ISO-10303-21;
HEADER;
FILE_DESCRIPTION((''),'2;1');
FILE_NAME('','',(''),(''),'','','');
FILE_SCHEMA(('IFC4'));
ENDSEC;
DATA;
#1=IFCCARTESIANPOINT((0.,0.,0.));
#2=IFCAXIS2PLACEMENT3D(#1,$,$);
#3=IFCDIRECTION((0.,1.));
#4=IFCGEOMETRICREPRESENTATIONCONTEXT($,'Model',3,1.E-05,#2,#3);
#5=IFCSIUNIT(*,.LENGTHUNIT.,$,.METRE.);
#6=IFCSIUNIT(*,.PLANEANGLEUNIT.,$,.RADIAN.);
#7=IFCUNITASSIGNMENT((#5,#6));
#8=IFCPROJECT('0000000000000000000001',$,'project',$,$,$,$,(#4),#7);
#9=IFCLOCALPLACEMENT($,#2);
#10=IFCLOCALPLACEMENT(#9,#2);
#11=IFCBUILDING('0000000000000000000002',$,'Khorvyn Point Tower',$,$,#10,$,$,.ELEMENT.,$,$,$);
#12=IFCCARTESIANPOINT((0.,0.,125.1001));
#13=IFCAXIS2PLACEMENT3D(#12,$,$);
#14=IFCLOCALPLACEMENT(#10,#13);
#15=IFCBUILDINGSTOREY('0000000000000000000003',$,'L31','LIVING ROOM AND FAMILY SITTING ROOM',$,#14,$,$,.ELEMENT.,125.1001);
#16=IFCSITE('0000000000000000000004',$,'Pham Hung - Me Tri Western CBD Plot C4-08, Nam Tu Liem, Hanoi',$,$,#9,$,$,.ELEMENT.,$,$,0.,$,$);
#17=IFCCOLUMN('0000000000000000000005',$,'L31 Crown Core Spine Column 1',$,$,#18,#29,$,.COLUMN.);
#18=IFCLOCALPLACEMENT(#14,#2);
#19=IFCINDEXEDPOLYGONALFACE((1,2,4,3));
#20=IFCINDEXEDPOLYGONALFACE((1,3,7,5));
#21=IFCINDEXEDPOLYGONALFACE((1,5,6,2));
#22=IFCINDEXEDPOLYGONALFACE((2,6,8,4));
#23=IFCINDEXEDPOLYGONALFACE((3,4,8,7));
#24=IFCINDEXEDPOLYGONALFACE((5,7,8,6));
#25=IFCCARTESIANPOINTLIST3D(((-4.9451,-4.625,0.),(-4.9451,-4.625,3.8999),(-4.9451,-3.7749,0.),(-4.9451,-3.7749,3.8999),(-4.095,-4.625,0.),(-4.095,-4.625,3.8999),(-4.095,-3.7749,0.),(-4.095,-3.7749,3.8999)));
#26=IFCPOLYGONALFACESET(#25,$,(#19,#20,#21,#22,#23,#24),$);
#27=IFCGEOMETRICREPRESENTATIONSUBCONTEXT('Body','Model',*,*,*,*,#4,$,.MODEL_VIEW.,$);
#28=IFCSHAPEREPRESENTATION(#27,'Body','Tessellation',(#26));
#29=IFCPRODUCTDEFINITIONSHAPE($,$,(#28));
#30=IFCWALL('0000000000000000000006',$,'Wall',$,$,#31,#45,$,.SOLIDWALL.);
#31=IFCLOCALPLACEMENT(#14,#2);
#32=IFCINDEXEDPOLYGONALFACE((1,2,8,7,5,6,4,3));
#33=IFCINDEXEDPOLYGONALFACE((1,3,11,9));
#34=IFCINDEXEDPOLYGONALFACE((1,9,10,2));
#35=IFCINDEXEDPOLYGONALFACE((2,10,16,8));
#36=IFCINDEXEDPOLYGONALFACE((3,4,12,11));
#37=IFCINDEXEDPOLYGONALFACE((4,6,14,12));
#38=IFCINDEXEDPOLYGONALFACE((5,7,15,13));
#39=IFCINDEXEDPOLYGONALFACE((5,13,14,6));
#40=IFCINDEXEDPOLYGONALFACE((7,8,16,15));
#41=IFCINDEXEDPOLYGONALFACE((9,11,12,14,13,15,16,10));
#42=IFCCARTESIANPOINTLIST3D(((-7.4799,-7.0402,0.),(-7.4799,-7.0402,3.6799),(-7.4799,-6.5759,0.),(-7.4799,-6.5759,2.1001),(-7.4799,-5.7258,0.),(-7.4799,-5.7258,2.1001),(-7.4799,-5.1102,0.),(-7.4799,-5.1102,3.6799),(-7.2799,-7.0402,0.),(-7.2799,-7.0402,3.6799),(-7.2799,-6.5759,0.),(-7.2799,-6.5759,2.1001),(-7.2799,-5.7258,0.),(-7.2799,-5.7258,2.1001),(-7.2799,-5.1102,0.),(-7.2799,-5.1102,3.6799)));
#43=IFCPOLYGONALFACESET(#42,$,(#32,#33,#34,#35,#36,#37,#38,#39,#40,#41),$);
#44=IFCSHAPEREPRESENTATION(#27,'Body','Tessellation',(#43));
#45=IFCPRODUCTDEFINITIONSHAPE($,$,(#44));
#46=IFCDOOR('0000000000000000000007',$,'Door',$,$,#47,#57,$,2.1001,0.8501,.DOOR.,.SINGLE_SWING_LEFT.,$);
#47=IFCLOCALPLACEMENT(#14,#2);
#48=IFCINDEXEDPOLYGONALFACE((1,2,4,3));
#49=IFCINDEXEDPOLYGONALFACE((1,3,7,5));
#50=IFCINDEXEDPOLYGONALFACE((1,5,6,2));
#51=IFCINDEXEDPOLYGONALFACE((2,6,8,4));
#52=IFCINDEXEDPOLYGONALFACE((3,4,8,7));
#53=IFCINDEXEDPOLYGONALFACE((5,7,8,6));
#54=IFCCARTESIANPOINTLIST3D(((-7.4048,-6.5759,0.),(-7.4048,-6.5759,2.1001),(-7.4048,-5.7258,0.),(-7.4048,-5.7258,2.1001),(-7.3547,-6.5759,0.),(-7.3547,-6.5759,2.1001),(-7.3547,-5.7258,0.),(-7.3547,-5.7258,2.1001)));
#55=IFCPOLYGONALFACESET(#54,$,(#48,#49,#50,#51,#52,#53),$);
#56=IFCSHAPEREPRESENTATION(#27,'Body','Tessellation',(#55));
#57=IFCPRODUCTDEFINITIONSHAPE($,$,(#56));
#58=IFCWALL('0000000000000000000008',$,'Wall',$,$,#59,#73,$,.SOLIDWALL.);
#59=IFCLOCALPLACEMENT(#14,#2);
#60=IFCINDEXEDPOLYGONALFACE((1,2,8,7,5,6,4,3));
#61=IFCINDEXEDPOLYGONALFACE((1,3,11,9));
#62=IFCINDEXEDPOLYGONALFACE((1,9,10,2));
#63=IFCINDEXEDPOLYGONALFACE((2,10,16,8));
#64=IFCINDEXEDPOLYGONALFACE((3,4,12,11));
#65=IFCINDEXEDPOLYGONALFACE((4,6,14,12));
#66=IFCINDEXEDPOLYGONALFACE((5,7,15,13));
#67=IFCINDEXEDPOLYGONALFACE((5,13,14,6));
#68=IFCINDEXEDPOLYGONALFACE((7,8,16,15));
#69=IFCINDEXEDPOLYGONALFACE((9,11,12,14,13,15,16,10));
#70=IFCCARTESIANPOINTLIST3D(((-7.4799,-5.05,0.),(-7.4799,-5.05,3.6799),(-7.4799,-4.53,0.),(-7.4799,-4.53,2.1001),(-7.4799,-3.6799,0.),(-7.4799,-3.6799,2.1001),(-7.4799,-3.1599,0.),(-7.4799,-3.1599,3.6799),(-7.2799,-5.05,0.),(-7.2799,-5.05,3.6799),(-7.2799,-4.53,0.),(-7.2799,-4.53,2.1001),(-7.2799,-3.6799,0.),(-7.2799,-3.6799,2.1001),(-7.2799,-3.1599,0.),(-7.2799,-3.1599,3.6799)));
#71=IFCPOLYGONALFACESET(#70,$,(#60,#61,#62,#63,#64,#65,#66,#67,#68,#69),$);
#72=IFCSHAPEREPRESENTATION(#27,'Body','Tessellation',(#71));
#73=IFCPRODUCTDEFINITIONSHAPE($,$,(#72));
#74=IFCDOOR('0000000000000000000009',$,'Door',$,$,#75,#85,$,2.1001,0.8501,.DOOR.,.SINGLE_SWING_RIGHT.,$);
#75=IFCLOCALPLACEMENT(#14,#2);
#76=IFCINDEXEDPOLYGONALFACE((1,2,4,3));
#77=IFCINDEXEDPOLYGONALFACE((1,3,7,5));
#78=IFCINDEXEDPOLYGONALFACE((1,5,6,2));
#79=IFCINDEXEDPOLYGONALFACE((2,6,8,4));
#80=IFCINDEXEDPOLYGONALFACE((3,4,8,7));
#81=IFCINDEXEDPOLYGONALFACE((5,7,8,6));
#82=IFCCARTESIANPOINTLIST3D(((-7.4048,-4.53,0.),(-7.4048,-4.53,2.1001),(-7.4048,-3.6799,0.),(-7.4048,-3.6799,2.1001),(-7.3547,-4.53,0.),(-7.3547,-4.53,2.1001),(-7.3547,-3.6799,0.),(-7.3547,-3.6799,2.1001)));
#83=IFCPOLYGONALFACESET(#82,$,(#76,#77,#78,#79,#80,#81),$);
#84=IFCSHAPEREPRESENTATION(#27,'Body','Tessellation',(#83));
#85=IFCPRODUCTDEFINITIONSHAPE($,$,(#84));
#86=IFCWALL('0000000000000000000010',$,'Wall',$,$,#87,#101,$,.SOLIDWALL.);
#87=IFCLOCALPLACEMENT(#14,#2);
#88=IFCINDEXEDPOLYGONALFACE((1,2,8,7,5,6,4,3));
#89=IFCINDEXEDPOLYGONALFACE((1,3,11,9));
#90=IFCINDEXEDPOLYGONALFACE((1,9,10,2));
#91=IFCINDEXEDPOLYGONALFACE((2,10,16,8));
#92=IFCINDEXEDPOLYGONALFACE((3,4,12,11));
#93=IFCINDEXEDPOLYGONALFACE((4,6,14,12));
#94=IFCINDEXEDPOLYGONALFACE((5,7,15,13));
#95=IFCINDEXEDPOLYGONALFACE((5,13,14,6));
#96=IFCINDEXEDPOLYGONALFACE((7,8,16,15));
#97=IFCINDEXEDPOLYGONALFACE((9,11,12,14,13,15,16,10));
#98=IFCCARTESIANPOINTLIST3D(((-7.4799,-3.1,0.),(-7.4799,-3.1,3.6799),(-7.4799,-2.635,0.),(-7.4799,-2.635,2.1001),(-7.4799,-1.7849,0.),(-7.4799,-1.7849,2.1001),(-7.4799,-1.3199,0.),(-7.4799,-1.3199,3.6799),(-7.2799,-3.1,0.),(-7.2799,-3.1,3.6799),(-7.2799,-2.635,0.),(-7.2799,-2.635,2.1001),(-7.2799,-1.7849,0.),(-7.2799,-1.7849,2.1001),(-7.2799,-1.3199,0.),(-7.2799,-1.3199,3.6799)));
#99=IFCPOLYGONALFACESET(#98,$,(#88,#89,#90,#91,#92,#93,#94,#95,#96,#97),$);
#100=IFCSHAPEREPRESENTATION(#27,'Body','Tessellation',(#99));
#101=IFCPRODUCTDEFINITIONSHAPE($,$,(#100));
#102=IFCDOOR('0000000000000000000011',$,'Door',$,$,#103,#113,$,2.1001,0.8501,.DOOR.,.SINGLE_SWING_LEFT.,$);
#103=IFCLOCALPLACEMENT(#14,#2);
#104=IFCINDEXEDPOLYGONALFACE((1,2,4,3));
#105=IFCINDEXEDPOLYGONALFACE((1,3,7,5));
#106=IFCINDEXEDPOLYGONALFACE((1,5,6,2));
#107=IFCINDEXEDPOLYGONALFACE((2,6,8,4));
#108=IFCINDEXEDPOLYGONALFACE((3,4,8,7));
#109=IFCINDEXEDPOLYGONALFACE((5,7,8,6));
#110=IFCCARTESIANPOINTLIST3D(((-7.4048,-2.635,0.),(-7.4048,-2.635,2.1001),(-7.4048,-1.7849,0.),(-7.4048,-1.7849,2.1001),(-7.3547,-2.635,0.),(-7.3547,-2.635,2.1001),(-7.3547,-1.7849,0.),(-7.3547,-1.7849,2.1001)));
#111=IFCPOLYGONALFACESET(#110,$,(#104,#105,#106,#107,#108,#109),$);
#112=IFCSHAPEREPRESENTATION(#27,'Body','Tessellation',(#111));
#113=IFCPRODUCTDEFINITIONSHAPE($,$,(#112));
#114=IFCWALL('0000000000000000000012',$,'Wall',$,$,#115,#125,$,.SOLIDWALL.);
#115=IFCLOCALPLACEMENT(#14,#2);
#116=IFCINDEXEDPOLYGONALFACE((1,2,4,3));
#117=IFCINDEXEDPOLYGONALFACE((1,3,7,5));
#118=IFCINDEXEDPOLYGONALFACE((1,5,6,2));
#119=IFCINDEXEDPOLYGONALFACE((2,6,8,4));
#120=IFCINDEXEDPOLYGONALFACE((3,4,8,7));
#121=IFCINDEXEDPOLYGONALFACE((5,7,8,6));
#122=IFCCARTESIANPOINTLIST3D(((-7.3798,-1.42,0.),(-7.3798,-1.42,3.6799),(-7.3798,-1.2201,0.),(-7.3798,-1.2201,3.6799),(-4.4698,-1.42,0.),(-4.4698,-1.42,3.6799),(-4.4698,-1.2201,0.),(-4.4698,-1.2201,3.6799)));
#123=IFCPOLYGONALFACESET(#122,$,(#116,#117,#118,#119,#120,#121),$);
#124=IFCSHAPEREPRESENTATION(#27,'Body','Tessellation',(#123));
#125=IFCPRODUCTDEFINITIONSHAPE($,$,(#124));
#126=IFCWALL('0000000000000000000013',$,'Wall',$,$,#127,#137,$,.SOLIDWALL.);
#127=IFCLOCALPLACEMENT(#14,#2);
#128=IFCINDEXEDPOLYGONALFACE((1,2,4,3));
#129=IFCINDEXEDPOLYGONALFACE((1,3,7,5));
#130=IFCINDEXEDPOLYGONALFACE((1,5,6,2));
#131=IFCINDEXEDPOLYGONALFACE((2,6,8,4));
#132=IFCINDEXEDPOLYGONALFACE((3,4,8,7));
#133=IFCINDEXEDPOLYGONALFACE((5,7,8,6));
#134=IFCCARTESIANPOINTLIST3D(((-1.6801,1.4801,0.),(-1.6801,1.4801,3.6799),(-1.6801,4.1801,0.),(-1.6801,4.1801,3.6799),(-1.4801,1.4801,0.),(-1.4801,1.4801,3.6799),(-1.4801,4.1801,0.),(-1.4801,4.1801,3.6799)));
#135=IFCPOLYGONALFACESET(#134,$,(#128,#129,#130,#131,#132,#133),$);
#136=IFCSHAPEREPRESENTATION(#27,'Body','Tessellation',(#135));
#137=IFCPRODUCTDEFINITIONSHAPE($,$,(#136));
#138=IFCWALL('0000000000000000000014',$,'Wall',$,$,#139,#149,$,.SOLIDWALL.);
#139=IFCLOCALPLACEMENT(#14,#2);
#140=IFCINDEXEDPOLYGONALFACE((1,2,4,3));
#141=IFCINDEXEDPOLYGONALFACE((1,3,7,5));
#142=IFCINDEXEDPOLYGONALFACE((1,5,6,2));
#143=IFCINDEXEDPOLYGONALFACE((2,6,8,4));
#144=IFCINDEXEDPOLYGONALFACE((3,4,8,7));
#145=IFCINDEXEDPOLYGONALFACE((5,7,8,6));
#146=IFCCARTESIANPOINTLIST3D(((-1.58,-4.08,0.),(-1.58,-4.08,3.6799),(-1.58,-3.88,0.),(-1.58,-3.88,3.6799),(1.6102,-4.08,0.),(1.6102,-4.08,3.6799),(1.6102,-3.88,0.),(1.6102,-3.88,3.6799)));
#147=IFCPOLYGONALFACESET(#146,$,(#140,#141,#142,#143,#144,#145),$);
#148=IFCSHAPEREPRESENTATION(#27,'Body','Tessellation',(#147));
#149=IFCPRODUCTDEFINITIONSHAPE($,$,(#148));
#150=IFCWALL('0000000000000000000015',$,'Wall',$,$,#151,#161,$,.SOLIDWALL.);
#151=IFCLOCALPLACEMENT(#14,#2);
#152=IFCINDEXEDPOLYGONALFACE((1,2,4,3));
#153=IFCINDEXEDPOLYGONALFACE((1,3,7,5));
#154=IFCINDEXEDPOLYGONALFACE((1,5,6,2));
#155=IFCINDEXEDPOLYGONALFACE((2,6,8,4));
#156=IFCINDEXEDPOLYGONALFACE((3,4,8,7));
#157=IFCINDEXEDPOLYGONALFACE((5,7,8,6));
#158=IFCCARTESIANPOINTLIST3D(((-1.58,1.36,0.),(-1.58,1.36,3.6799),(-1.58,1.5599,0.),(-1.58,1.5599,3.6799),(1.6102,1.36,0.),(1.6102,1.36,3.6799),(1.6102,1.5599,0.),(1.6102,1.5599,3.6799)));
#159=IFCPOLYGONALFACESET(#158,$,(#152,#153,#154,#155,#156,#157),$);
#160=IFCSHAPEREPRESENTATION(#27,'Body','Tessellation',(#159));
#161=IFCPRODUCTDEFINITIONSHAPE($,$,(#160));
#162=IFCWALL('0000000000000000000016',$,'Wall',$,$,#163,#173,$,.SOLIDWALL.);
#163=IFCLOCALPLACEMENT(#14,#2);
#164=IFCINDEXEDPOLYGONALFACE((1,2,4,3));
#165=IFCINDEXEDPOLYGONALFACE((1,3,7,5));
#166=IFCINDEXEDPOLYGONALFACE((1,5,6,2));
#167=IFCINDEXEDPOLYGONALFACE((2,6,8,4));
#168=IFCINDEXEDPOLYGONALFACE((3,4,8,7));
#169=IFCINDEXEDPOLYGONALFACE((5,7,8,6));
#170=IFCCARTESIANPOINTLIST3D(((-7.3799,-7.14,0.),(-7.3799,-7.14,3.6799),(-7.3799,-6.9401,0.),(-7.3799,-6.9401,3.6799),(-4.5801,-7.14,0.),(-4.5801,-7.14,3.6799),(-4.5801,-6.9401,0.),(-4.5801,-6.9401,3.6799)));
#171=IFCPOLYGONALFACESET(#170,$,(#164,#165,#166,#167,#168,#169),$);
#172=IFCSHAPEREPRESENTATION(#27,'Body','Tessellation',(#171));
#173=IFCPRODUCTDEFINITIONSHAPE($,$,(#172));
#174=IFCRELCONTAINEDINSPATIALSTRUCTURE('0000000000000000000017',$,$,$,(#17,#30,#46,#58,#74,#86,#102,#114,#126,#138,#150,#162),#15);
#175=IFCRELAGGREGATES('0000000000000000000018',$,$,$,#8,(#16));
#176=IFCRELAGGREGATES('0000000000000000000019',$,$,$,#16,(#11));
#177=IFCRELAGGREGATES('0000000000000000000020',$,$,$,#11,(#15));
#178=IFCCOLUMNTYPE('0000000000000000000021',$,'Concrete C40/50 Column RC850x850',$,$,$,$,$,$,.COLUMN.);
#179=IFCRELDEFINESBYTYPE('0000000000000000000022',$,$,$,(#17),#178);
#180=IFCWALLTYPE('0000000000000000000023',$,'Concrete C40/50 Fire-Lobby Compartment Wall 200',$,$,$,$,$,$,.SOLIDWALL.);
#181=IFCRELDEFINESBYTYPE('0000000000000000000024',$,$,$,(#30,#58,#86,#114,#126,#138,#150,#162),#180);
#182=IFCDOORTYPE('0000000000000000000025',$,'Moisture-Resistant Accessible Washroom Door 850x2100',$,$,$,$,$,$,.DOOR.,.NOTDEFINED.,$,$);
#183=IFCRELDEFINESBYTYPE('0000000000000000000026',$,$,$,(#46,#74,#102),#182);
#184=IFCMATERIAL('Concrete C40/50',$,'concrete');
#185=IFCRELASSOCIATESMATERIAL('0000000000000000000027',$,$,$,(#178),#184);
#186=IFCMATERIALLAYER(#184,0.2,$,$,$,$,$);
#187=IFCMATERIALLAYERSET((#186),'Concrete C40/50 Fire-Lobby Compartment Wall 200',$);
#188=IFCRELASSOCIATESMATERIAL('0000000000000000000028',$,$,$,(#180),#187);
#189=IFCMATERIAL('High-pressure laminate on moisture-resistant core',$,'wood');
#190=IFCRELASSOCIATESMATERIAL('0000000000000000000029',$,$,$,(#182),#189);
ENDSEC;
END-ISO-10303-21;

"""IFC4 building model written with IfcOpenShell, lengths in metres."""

from ifc_helpers import new_model, si_unit, direction, frame, frame_2d, origin, origin_2d, place, context, subcontext, project, spatial, rectangle, extrude, material, layer, layer_set, material_profile, profile_set, type_object, element, fill, save


model = new_model("IFC4")

# Units and contexts
model_context = context("Model", 3, precision=1e-05, world=origin(), true_north=direction((0.0, 1.0)))
body_context = subcontext(model_context, "Body", "Model", "MODEL_VIEW")
ifc_project = project(units=[si_unit("LENGTHUNIT", "METRE"), si_unit("PLANEANGLEUNIT", "RADIAN")], contexts=[model_context])

# Site, building, storey
site_placement = place(None, origin())
site = spatial("IfcSite", under=ifc_project, at=site_placement, Name="Pham Hung - Me Tri Western CBD Plot C4-08, Nam Tu Liem, Hanoi", CompositionType="ELEMENT", RefElevation=0.0)
building_placement = place(site_placement, origin())
building = spatial("IfcBuilding", under=site, at=building_placement, Name="Khorvyn Point Tower", CompositionType="ELEMENT")
storey_placement = place(building_placement, frame((0.0, 0.0, 125.1001)))
storey = spatial("IfcBuildingStorey", under=building, at=storey_placement, Name="L31", Description="LIVING ROOM AND FAMILY SITTING ROOM", CompositionType="ELEMENT", Elevation=125.1001)

# Column
ifc_material_1 = material(Name="Concrete C40/50", Category="concrete")
ifc_material_profile = material_profile(ifc_material_1, rectangle(XDim=0.8501, YDim=0.8501, at=origin_2d()))
ifc_profile_set = profile_set([ifc_material_profile], Name="Concrete C40/50 RC850x850")
column_type = type_object("IfcColumnType", Name="Concrete C40/50 Column RC850x850", PredefinedType="COLUMN", material=ifc_profile_set)
column_placement = place(storey_placement, frame((-4.52, -4.2, 0.0), z_axis=(0.0, 0.0, 1.0), x_axis=(1.0, 0.0, 0.0)))
element("IfcColumn", 1, at=column_placement, inside=storey, type_object=column_type, Name="L31 Crown Core Spine Column 1", PredefinedType="COLUMN", context=body_context, shape_type="SweptSolid", body=[
    extrude(rectangle(XDim=0.8501, YDim=0.8501, at=origin_2d()), origin(), (0.0, 0.0, 1.0), 3.8999),
])

# Walls, openings, doors
ifc_layer_1 = layer(ifc_material_1, 0.2)
ifc_layer_set_1 = layer_set([ifc_layer_1], Name="Concrete C40/50 Fire-Lobby Compartment Wall 200")
wall_type_1 = type_object("IfcWallType", Name="Concrete C40/50 Fire-Lobby Compartment Wall 200", PredefinedType="SOLIDWALL", material=ifc_layer_set_1)
wall_1_placement = place(storey_placement, frame((-7.3799, -7.04, 0.0), z_axis=(0.0, 0.0, 1.0), x_axis=(0.0, 1.0, 0.0)))
wall_1 = element("IfcWall", 2, at=wall_1_placement, inside=storey, type_object=wall_type_1, Name="Wall", PredefinedType="SOLIDWALL", context=body_context, shape_type="SweptSolid", body=[
    extrude(rectangle(XDim=1.9299, YDim=0.2, at=frame_2d((0.9648, 0.0))), origin(), (0.0, 0.0, 1.0), 3.6799),
])
opening_1_placement = place(wall_1_placement, frame((0.4641, 0.0, 0.0)))
opening_1 = element("IfcOpeningElement", 3, at=opening_1_placement, cuts=wall_1, PredefinedType="OPENING", context=body_context, shape_type="SweptSolid", body=[
    extrude(rectangle(XDim=0.8501, YDim=2.1001, at=frame_2d((0.425, 1.05))), frame((0.0, 0.1099, 0.0), z_axis=(0.0, -1.0, 0.0), x_axis=(1.0, 0.0, 0.0)), (0.0, 0.0, 1.0), 0.22),
])
ifc_material_2 = material(Name="High-pressure laminate on moisture-resistant core", Category="wood")
door_type_1 = type_object("IfcDoorType", Name="Moisture-Resistant Accessible Washroom Door 850x2100", OperationType="NOTDEFINED", PredefinedType="DOOR", material=ifc_material_2)
door_1_placement = place(opening_1_placement, origin())
door_1 = element("IfcDoor", 4, at=door_1_placement, inside=storey, type_object=door_type_1, Name="Door", OperationType="SINGLE_SWING_LEFT", OverallHeight=2.1001, OverallWidth=0.8501, PredefinedType="DOOR", context=body_context, shape_type="SweptSolid", body=[
    extrude(rectangle(XDim=0.8501, YDim=2.1001, at=frame_2d((0.425, 1.05))), frame((0.0, 0.0249, 0.0), z_axis=(0.0, -1.0, 0.0), x_axis=(1.0, 0.0, 0.0)), (0.0, 0.0, 1.0), 0.05),
])
fill(opening_1, door_1)
wall_2_placement = place(storey_placement, frame((-7.3799, -5.05, 0.0), z_axis=(0.0, 0.0, 1.0), x_axis=(0.0, 1.0, 0.0)))
wall_2 = element("IfcWall", 5, at=wall_2_placement, inside=storey, type_object=wall_type_1, Name="Wall", PredefinedType="SOLIDWALL", context=body_context, shape_type="SweptSolid", body=[
    extrude(rectangle(XDim=1.8901, YDim=0.2, at=frame_2d((0.9451, 0.0))), origin(), (0.0, 0.0, 1.0), 3.6799),
])
opening_2_placement = place(wall_2_placement, frame((0.52, 0.0, 0.0)))
opening_2 = element("IfcOpeningElement", 6, at=opening_2_placement, cuts=wall_2, PredefinedType="OPENING", context=body_context, shape_type="SweptSolid", body=[
    extrude(rectangle(XDim=0.8501, YDim=2.1001, at=frame_2d((0.425, 1.05))), frame((0.0, 0.1099, 0.0), z_axis=(0.0, -1.0, 0.0), x_axis=(1.0, 0.0, 0.0)), (0.0, 0.0, 1.0), 0.22),
])
door_2_placement = place(opening_2_placement, origin())
door_2 = element("IfcDoor", 7, at=door_2_placement, inside=storey, type_object=door_type_1, Name="Door", OperationType="SINGLE_SWING_RIGHT", OverallHeight=2.1001, OverallWidth=0.8501, PredefinedType="DOOR", context=body_context, shape_type="SweptSolid", body=[
    extrude(rectangle(XDim=0.8501, YDim=2.1001, at=frame_2d((0.425, 1.05))), frame((0.0, 0.0249, 0.0), z_axis=(0.0, -1.0, 0.0), x_axis=(1.0, 0.0, 0.0)), (0.0, 0.0, 1.0), 0.05),
])
fill(opening_2, door_2)
wall_3_placement = place(storey_placement, frame((-7.3799, -3.1001, 0.0), z_axis=(0.0, 0.0, 1.0), x_axis=(0.0, 1.0, 0.0)))
wall_3 = element("IfcWall", 8, at=wall_3_placement, inside=storey, type_object=wall_type_1, Name="Wall", PredefinedType="SOLIDWALL", context=body_context, shape_type="SweptSolid", body=[
    extrude(rectangle(XDim=1.78, YDim=0.2, at=frame_2d((0.8901, 0.0))), origin(), (0.0, 0.0, 1.0), 3.6799),
])
opening_3_placement = place(wall_3_placement, frame((0.4651, 0.0, 0.0)))
opening_3 = element("IfcOpeningElement", 9, at=opening_3_placement, cuts=wall_3, PredefinedType="OPENING", context=body_context, shape_type="SweptSolid", body=[
    extrude(rectangle(XDim=0.8501, YDim=2.1001, at=frame_2d((0.425, 1.05))), frame((0.0, 0.1099, 0.0), z_axis=(0.0, -1.0, 0.0), x_axis=(1.0, 0.0, 0.0)), (0.0, 0.0, 1.0), 0.22),
])
door_3_placement = place(opening_3_placement, origin())
door_3 = element("IfcDoor", 10, at=door_3_placement, inside=storey, type_object=door_type_1, Name="Door", OperationType="SINGLE_SWING_LEFT", OverallHeight=2.1001, OverallWidth=0.8501, PredefinedType="DOOR", context=body_context, shape_type="SweptSolid", body=[
    extrude(rectangle(XDim=0.8501, YDim=2.1001, at=frame_2d((0.425, 1.05))), frame((0.0, 0.0249, 0.0), z_axis=(0.0, -1.0, 0.0), x_axis=(1.0, 0.0, 0.0)), (0.0, 0.0, 1.0), 0.05),
])
fill(opening_3, door_3)

# Walls
wall_4_placement = place(storey_placement, frame((-7.3799, -1.3201, 0.0), z_axis=(0.0, 0.0, 1.0), x_axis=(1.0, 0.0, 0.0)))
element("IfcWall", 11, at=wall_4_placement, inside=storey, type_object=wall_type_1, Name="Wall", PredefinedType="SOLIDWALL", context=body_context, shape_type="SweptSolid", body=[
    extrude(rectangle(XDim=2.9099, YDim=0.2, at=frame_2d((1.4551, 0.0))), origin(), (0.0, 0.0, 1.0), 3.6799),
])
wall_5_placement = place(storey_placement, frame((-1.5801, 1.48, 0.0), z_axis=(0.0, 0.0, 1.0), x_axis=(0.0, 1.0, 0.0)))
element("IfcWall", 12, at=wall_5_placement, inside=storey, type_object=wall_type_1, Name="Wall", PredefinedType="SOLIDWALL", context=body_context, shape_type="SweptSolid", body=[
    extrude(rectangle(XDim=2.7, YDim=0.2, at=frame_2d((1.3501, 0.0))), origin(), (0.0, 0.0, 1.0), 3.6799),
])
for number, where, z_axis, x_axis, name in (
    (13, (-1.5801, -3.98, 0.0), (0.0, 0.0, 1.0), (1.0, 0.0, 0.0), "Wall"),
    (14, (-1.5801, 1.46, 0.0), (0.0, 0.0, 1.0), (1.0, 0.0, 0.0), "Wall"),
):
    element("IfcWall", number, at=place(storey_placement, frame(where, z_axis=z_axis, x_axis=x_axis)), inside=storey, type_object=wall_type_1, Name=name, PredefinedType="SOLIDWALL", context=body_context, shape_type="SweptSolid", body=[
        extrude(rectangle(XDim=3.1902, YDim=0.2, at=frame_2d((1.5952, 0.0))), origin(), (0.0, 0.0, 1.0), 3.6799),
    ])
wall_6_placement = place(storey_placement, frame((-7.3799, -7.04, 0.0), z_axis=(0.0, 0.0, 1.0), x_axis=(1.0, 0.0, 0.0)))
element("IfcWall", 15, at=wall_6_placement, inside=storey, type_object=wall_type_1, Name="Wall", PredefinedType="SOLIDWALL", context=body_context, shape_type="SweptSolid", body=[
    extrude(rectangle(XDim=2.7998, YDim=0.2, at=frame_2d((1.3999, 0.0))), origin(), (0.0, 0.0, 1.0), 3.6799),
])

save(model, "model.ifc")
